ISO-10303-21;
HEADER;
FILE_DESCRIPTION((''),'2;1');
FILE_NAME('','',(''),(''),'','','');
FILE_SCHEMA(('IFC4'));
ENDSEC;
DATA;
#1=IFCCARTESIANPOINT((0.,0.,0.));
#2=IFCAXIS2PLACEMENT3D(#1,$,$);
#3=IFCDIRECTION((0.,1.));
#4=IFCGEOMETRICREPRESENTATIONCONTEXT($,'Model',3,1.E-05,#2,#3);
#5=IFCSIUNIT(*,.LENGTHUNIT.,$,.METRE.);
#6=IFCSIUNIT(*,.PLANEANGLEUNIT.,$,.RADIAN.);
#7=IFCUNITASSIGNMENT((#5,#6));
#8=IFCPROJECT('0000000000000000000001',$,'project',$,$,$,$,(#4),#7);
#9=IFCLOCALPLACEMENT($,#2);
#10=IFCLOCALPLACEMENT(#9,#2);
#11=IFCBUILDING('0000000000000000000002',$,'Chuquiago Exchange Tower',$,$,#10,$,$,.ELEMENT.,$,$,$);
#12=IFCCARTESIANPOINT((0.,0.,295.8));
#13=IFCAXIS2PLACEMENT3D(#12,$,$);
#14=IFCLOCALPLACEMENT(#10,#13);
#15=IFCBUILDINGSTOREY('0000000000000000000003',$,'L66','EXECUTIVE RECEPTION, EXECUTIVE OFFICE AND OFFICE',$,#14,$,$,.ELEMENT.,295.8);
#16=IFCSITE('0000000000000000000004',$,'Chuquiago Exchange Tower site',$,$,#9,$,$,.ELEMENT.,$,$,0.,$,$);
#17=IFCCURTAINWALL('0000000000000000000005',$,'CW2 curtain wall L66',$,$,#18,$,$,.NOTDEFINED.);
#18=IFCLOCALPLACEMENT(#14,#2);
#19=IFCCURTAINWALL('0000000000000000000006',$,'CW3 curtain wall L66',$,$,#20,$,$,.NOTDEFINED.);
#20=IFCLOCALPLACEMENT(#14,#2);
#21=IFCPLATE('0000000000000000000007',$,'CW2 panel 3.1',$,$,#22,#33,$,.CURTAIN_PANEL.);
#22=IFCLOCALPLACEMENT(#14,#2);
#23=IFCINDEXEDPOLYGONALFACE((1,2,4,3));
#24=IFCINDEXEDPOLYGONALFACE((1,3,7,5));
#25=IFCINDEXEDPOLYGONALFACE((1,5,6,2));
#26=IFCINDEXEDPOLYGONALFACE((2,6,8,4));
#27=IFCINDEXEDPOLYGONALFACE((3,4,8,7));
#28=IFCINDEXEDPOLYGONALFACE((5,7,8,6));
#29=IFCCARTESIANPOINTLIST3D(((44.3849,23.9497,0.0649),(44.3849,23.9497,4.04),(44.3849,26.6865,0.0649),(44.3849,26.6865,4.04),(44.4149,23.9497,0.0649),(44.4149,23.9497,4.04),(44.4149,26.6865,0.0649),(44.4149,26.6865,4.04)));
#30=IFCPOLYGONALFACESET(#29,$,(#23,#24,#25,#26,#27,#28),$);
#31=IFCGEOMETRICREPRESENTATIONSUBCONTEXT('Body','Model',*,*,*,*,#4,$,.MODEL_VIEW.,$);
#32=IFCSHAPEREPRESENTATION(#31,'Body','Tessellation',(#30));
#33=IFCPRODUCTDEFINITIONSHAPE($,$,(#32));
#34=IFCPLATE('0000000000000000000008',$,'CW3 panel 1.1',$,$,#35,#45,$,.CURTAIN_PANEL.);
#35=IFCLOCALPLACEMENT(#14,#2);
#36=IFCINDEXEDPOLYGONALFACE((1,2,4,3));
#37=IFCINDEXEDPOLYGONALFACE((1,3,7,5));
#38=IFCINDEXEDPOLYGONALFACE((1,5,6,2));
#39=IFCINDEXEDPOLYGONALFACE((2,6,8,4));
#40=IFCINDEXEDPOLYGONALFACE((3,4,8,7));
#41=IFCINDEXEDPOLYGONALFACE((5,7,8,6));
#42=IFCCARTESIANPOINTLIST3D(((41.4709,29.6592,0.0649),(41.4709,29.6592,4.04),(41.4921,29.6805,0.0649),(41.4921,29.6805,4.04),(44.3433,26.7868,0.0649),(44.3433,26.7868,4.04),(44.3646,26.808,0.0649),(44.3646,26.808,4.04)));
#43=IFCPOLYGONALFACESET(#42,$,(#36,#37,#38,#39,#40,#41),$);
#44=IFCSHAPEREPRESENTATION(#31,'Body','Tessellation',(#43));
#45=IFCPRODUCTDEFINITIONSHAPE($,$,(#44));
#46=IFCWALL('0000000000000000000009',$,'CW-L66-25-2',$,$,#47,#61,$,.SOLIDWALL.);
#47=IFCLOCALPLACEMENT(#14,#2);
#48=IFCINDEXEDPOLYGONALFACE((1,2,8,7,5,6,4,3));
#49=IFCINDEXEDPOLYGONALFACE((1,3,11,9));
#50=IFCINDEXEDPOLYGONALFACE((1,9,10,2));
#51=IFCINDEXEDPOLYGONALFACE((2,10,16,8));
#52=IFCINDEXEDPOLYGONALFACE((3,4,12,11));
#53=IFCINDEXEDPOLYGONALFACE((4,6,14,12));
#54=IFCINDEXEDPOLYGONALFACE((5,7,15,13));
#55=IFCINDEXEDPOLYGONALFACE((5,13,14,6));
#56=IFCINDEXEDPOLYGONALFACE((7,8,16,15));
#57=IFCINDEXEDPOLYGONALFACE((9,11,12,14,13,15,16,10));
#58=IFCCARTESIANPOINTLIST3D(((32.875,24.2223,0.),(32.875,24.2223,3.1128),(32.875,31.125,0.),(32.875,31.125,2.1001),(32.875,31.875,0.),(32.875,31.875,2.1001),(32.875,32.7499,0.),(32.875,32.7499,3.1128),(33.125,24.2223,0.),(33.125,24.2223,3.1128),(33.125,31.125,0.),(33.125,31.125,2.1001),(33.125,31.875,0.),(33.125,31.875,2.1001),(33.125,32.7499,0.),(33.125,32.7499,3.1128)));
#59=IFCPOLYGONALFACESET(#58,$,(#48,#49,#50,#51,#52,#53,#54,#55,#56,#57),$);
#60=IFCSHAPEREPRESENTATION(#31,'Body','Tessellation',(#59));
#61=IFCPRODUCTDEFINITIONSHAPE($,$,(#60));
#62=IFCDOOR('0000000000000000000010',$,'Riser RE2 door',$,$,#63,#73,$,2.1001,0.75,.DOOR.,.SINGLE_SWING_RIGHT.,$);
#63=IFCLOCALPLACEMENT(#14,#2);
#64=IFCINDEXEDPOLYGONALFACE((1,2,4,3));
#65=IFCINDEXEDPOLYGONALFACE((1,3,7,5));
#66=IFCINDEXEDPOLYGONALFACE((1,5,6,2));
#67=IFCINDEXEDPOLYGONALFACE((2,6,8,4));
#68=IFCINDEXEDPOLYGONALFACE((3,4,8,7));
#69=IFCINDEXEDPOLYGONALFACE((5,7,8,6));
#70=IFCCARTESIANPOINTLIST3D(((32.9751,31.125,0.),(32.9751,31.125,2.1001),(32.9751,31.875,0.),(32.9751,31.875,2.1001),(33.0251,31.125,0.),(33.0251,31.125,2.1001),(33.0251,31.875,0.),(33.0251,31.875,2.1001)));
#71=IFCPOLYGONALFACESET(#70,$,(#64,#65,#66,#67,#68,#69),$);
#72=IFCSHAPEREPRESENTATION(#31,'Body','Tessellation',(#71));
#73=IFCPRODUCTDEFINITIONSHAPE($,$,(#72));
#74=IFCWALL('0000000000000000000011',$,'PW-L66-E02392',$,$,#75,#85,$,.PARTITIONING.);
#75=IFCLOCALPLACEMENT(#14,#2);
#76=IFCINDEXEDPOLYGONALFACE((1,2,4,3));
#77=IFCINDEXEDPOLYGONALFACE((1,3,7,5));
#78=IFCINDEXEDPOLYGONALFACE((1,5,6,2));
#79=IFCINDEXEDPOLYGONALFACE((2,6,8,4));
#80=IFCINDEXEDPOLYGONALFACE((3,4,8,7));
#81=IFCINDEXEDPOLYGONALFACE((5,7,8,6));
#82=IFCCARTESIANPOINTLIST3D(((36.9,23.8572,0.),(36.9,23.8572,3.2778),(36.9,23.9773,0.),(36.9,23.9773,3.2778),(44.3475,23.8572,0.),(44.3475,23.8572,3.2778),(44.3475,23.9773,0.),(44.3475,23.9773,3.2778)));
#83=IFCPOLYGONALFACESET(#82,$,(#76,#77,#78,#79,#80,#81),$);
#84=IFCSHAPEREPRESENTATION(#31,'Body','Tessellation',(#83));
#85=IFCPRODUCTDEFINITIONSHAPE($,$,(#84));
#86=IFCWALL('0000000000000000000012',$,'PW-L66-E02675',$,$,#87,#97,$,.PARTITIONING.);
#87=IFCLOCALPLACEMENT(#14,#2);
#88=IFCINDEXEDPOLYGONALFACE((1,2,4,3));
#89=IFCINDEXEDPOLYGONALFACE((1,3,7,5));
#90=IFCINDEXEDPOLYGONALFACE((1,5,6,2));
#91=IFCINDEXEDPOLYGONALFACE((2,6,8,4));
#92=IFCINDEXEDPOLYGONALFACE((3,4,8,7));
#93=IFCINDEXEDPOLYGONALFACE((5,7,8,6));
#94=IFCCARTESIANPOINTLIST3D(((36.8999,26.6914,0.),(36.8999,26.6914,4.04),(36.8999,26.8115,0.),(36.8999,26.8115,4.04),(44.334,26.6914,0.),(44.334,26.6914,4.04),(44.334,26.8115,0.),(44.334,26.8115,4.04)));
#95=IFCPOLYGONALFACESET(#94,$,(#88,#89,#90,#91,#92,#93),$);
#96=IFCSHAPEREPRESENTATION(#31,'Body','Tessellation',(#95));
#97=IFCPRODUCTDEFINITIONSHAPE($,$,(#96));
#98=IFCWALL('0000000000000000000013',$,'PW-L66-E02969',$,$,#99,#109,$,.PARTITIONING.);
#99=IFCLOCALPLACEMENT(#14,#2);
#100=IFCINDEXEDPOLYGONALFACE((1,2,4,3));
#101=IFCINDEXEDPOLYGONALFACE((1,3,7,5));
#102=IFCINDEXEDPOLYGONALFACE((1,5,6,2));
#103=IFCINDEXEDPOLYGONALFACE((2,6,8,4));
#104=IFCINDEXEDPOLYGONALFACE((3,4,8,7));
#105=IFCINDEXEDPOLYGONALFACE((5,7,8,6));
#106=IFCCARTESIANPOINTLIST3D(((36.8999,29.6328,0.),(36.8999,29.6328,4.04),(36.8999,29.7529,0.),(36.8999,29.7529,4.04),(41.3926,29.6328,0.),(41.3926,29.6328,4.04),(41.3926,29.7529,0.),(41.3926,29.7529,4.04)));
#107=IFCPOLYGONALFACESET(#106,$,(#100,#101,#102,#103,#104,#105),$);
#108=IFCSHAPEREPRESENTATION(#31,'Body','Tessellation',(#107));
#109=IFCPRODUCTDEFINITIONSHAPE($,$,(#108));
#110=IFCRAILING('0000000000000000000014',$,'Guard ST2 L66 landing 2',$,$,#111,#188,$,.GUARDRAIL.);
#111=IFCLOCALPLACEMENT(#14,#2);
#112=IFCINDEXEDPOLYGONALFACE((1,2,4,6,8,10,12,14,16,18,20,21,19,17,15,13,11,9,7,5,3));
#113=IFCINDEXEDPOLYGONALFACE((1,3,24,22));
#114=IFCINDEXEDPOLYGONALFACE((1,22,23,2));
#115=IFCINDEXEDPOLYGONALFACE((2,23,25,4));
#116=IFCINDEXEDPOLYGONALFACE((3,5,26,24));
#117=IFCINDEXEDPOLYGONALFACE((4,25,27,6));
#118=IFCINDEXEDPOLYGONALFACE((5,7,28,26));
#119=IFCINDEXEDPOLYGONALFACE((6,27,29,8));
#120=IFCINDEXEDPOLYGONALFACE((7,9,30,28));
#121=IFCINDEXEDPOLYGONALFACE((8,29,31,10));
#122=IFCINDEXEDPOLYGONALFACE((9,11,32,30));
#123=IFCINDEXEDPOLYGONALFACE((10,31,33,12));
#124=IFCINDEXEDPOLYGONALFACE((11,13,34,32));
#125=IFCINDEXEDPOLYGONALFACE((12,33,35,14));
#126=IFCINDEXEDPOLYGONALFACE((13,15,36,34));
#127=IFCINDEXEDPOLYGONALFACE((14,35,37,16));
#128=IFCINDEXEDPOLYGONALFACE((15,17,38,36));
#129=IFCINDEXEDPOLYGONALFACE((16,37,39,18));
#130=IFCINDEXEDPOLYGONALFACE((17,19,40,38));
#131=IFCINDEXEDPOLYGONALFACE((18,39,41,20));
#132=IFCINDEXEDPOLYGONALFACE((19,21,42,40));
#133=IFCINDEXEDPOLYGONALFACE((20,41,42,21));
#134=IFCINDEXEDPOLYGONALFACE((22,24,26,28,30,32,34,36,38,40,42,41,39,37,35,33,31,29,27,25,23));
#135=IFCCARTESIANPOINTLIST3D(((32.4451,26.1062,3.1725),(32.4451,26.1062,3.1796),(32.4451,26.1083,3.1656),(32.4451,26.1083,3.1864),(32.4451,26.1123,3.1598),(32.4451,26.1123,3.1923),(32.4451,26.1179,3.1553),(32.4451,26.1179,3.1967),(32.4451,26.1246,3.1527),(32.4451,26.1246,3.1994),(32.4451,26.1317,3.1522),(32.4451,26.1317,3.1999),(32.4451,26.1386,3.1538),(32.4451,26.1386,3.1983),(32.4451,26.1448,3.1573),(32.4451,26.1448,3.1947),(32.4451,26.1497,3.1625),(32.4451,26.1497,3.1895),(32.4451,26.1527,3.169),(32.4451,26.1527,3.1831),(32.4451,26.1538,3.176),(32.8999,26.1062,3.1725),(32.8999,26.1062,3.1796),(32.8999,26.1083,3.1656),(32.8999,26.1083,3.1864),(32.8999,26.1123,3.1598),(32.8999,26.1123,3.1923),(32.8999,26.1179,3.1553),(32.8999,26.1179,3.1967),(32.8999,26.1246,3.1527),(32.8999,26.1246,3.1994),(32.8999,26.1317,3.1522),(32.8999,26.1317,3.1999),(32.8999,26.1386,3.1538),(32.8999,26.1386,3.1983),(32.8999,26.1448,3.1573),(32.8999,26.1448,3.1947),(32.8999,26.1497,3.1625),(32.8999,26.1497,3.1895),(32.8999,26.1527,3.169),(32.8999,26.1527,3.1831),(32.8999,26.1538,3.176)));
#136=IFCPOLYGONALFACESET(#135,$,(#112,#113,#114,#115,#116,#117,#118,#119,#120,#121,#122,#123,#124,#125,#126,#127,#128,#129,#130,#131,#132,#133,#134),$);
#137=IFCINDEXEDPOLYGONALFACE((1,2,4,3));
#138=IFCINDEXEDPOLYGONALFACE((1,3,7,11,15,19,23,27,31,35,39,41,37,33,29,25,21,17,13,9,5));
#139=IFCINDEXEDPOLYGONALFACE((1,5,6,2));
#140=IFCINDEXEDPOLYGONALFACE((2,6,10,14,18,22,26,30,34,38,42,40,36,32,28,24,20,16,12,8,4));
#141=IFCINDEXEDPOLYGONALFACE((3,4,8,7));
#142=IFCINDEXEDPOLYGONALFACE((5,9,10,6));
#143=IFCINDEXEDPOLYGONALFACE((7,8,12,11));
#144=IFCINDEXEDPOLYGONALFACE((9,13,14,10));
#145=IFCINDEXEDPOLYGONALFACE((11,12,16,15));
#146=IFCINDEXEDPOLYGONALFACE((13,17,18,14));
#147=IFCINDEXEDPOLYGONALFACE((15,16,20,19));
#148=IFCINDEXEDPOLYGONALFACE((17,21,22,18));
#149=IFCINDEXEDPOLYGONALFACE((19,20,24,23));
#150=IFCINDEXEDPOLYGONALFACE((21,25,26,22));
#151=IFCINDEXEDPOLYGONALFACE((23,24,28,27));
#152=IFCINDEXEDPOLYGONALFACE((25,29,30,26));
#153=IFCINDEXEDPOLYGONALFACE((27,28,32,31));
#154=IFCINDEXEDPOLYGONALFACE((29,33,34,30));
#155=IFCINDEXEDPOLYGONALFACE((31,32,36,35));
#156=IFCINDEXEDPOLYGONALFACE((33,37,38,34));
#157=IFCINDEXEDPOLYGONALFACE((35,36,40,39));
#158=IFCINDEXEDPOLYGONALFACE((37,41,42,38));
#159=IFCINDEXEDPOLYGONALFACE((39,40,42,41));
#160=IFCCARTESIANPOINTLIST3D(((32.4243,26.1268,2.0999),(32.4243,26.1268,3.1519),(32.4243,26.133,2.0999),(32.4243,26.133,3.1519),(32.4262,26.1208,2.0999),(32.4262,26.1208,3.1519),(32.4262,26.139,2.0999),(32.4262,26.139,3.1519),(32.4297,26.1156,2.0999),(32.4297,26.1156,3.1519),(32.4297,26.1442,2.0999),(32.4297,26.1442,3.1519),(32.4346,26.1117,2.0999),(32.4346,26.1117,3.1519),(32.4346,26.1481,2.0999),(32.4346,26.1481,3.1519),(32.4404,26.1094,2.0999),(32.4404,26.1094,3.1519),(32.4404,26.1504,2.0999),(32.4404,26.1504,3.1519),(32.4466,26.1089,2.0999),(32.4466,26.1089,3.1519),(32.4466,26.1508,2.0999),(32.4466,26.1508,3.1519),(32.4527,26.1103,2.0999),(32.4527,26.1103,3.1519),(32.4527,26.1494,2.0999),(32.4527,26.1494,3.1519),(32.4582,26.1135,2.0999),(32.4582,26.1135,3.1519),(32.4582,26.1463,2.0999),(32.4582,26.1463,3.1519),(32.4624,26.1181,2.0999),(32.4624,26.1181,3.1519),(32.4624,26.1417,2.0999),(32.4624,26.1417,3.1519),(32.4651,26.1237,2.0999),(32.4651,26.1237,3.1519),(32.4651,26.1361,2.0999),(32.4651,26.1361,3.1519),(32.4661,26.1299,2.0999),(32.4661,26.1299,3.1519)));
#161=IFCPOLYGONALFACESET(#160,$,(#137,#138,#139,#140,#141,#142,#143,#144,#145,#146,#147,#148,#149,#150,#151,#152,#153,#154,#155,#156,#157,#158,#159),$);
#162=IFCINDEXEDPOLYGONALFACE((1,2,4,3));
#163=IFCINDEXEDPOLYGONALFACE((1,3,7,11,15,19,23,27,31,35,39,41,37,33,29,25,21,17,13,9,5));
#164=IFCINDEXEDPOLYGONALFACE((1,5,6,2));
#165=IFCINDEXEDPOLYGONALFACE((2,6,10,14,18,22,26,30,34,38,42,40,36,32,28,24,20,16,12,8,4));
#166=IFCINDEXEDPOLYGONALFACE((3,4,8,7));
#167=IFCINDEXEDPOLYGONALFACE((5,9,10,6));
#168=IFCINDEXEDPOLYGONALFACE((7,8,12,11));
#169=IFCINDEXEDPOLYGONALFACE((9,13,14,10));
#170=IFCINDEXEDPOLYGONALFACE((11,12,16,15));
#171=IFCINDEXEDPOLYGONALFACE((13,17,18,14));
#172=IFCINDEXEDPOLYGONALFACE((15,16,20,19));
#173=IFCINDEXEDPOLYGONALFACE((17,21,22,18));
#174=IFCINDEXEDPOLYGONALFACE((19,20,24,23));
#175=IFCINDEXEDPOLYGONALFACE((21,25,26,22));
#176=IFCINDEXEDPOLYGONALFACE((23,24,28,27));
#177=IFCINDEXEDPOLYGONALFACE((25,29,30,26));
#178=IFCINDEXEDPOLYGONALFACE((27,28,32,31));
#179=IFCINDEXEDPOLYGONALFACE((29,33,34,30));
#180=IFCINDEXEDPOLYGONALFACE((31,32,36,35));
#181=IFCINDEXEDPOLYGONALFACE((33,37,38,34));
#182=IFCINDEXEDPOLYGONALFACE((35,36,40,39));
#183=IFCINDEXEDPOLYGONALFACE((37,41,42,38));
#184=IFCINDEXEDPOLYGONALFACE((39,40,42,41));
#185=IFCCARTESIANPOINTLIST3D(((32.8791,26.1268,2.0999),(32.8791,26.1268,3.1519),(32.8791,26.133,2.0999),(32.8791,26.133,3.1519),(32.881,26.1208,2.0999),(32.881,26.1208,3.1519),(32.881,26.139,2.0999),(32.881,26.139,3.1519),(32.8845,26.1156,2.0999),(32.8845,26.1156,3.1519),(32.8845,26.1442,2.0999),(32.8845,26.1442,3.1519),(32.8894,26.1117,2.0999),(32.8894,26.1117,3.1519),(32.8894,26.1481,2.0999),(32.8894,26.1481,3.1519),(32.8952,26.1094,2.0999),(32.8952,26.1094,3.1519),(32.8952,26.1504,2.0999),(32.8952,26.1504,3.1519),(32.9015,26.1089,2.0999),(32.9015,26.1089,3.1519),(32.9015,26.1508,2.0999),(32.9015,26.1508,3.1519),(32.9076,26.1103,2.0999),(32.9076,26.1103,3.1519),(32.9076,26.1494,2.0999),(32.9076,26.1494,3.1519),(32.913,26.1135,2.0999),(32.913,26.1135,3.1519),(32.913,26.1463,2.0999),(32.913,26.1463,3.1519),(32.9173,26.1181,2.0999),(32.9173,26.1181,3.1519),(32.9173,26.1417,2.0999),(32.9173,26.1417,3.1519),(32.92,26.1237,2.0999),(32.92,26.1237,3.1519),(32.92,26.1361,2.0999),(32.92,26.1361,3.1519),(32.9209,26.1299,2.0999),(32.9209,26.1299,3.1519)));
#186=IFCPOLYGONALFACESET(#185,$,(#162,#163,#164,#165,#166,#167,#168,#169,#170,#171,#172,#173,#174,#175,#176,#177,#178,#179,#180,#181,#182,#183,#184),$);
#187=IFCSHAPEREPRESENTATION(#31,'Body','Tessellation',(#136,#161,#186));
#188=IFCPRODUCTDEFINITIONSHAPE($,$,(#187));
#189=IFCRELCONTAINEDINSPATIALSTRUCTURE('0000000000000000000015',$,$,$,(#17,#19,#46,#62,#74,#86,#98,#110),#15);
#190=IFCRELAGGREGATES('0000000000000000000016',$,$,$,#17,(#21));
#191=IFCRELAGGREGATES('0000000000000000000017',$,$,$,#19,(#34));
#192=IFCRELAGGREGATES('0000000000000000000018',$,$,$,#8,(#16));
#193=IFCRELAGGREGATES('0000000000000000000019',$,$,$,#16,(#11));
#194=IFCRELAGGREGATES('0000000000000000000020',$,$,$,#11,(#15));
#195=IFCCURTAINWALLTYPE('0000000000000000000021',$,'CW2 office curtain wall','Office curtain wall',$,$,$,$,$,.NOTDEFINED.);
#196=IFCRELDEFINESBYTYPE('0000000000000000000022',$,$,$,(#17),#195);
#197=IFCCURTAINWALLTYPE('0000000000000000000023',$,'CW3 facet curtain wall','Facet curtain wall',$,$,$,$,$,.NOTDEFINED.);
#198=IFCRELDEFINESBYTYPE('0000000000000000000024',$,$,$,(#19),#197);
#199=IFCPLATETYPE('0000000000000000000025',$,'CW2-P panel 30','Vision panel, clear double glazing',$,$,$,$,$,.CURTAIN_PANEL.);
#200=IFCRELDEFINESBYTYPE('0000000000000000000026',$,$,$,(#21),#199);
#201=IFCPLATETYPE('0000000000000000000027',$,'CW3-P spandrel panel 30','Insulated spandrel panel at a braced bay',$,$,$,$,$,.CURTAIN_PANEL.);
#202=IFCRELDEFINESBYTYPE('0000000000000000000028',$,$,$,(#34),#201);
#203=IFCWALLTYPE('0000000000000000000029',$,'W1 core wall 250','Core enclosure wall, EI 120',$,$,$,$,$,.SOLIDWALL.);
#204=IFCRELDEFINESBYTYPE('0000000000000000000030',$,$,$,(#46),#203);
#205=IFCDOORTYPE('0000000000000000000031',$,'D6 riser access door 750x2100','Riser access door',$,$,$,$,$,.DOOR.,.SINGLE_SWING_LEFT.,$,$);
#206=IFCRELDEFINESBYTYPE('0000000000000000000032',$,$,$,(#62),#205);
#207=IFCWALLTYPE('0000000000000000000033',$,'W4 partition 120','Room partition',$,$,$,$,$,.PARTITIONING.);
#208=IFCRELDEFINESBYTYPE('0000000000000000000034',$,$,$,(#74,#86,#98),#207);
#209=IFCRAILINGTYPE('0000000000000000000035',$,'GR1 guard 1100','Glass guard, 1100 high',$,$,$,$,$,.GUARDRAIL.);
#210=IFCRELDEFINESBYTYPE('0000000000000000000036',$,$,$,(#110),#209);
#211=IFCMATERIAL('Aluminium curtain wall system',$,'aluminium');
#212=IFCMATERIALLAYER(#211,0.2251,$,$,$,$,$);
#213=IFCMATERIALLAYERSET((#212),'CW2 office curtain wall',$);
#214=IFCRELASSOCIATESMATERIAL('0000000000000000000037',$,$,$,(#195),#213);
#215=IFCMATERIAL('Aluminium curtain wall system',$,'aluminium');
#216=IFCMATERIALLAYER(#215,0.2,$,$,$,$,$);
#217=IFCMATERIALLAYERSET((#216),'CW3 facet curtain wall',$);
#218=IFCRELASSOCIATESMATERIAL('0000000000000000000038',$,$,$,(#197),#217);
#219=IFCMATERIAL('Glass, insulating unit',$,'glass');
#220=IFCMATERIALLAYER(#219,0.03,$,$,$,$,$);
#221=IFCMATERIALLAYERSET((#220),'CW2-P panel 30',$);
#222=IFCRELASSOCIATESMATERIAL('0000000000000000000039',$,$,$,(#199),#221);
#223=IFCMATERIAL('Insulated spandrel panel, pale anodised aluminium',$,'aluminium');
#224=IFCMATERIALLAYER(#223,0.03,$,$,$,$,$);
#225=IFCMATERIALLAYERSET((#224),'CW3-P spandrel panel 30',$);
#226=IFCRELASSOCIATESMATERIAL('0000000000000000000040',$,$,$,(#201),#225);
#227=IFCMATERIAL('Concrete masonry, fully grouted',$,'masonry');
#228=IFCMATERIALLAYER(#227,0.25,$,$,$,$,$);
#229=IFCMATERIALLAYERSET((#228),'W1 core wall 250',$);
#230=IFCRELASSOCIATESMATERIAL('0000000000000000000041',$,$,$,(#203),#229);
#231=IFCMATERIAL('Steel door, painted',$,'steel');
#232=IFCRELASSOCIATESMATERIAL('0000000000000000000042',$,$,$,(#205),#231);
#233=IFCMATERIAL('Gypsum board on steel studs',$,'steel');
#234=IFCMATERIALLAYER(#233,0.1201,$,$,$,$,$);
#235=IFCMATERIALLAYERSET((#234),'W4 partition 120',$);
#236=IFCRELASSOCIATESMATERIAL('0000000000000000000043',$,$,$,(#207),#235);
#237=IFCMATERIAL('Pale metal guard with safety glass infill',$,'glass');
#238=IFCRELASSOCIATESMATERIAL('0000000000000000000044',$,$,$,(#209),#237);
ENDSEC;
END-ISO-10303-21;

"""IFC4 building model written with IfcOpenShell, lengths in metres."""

from ifc_helpers import new_model, si_unit, direction, frame, frame_2d, origin, origin_2d, place, context, subcontext, project, spatial, rectangle, circle, extrude, material, layer, layer_set, type_object, element, fill, aggregate, save


model = new_model("IFC4")

# Units and contexts
model_context = context("Model", 3, precision=1e-05, world=origin(), true_north=direction((0.0, 1.0)))
body_context = subcontext(model_context, "Body", "Model", "MODEL_VIEW")
ifc_project = project(units=[si_unit("LENGTHUNIT", "METRE"), si_unit("PLANEANGLEUNIT", "RADIAN")], contexts=[model_context])

# Site, building, storey
site_placement = place(None, origin())
site = spatial("IfcSite", under=ifc_project, at=site_placement, Name="Chuquiago Exchange Tower site", CompositionType="ELEMENT", RefElevation=0.0)
building_placement = place(site_placement, origin())
building = spatial("IfcBuilding", under=site, at=building_placement, Name="Chuquiago Exchange Tower", CompositionType="ELEMENT")
storey_placement = place(building_placement, frame((0.0, 0.0, 295.8)))
storey = spatial("IfcBuildingStorey", under=building, at=storey_placement, Name="L66", Description="EXECUTIVE RECEPTION, EXECUTIVE OFFICE AND OFFICE", CompositionType="ELEMENT", Elevation=295.8)

# Curtain walls
ifc_material_1 = material(Name="Aluminium curtain wall system", Category="aluminium")
ifc_layer_1 = layer(ifc_material_1, 0.2251)
ifc_layer_set_1 = layer_set([ifc_layer_1], Name="CW2 office curtain wall")
curtain_wall_type_1 = type_object("IfcCurtainWallType", Name="CW2 office curtain wall", Description="Office curtain wall", PredefinedType="NOTDEFINED", material=ifc_layer_set_1)
curtain_wall_1_placement = place(storey_placement, origin())
curtain_wall_1 = element("IfcCurtainWall", 1, at=curtain_wall_1_placement, inside=storey, type_object=curtain_wall_type_1, Name="CW2 curtain wall L66", PredefinedType="NOTDEFINED")
ifc_material_2 = material(Name="Aluminium curtain wall system", Category="aluminium")
ifc_layer_2 = layer(ifc_material_2, 0.2)
ifc_layer_set_2 = layer_set([ifc_layer_2], Name="CW3 facet curtain wall")
curtain_wall_type_2 = type_object("IfcCurtainWallType", Name="CW3 facet curtain wall", Description="Facet curtain wall", PredefinedType="NOTDEFINED", material=ifc_layer_set_2)
curtain_wall_2_placement = place(storey_placement, origin())
curtain_wall_2 = element("IfcCurtainWall", 2, at=curtain_wall_2_placement, inside=storey, type_object=curtain_wall_type_2, Name="CW3 curtain wall L66", PredefinedType="NOTDEFINED")

# Plates
ifc_material_3 = material(Name="Glass, insulating unit", Category="glass")
ifc_layer_3 = layer(ifc_material_3, 0.03)
ifc_layer_set_3 = layer_set([ifc_layer_3], Name="CW2-P panel 30")
plate_type_1 = type_object("IfcPlateType", Name="CW2-P panel 30", Description="Vision panel, clear double glazing", PredefinedType="CURTAIN_PANEL", material=ifc_layer_set_3)
plate_1_placement = place(storey_placement, frame((44.3999, 25.3181, 0.0649), z_axis=(0.0, 0.0, 1.0), x_axis=(0.0, 1.0, 0.0)))
plate_1 = element("IfcPlate", 3, at=plate_1_placement, type_object=plate_type_1, Name="CW2 panel 3.1", PredefinedType="CURTAIN_PANEL", context=body_context, shape_type="SweptSolid", body=[
    extrude(rectangle(XDim=2.7368, YDim=0.03, at=origin_2d()), origin(), (0.0, 0.0, 1.0), 3.9751),
])
aggregate(curtain_wall_1, [plate_1])
ifc_material_4 = material(Name="Insulated spandrel panel, pale anodised aluminium", Category="aluminium")
ifc_layer_4 = layer(ifc_material_4, 0.03)
ifc_layer_set_4 = layer_set([ifc_layer_4], Name="CW3-P spandrel panel 30")
plate_type_2 = type_object("IfcPlateType", Name="CW3-P spandrel panel 30", Description="Insulated spandrel panel at a braced bay", PredefinedType="CURTAIN_PANEL", material=ifc_layer_set_4)
plate_2_placement = place(storey_placement, frame((42.9177, 28.2336, 0.0649), z_axis=(0.0, 0.0, 1.0), x_axis=(-0.707107, 0.707107, 0.0)))
plate_2 = element("IfcPlate", 4, at=plate_2_placement, type_object=plate_type_2, Name="CW3 panel 1.1", PredefinedType="CURTAIN_PANEL", context=body_context, shape_type="SweptSolid", body=[
    extrude(rectangle(XDim=4.0623, YDim=0.03, at=origin_2d()), origin(), (0.0, 0.0, 1.0), 3.9751),
])
aggregate(curtain_wall_2, [plate_2])

# Wall, opening, door
ifc_material_5 = material(Name="Concrete masonry, fully grouted", Category="masonry")
ifc_layer_5 = layer(ifc_material_5, 0.25)
ifc_layer_set_5 = layer_set([ifc_layer_5], Name="W1 core wall 250")
wall_type_1 = type_object("IfcWallType", Name="W1 core wall 250", Description="Core enclosure wall, EI 120", PredefinedType="SOLIDWALL", material=ifc_layer_set_5)
wall_1_placement = place(storey_placement, frame((33.0, 24.2224, 0.0), z_axis=(0.0, 0.0, 1.0), x_axis=(0.0, 1.0, 0.0)))
wall_1 = element("IfcWall", 5, at=wall_1_placement, inside=storey, type_object=wall_type_1, Name="CW-L66-25-2", PredefinedType="SOLIDWALL", context=body_context, shape_type="SweptSolid", body=[
    extrude(rectangle(XDim=8.5276, YDim=0.25, at=frame_2d((4.2637, 0.0))), origin(), (0.0, 0.0, 1.0), 3.1128),
])
opening_1_placement = place(wall_1_placement, frame((6.9026, 0.0, 0.0)))
opening_1 = element("IfcOpeningElement", 6, at=opening_1_placement, cuts=wall_1, PredefinedType="OPENING", context=body_context, shape_type="SweptSolid", body=[
    extrude(rectangle(XDim=0.75, YDim=2.1001, at=frame_2d((0.375, 1.05))), frame((0.0, 0.135, 0.0), z_axis=(0.0, -1.0, 0.0), x_axis=(1.0, 0.0, 0.0)), (0.0, 0.0, 1.0), 0.27),
])
ifc_material_6 = material(Name="Steel door, painted", Category="steel")
door_type_1 = type_object("IfcDoorType", Name="D6 riser access door 750x2100", Description="Riser access door", OperationType="SINGLE_SWING_LEFT", PredefinedType="DOOR", material=ifc_material_6)
door_1_placement = place(opening_1_placement, origin())
door_1 = element("IfcDoor", 7, at=door_1_placement, inside=storey, type_object=door_type_1, Name="Riser RE2 door", OperationType="SINGLE_SWING_RIGHT", OverallHeight=2.1001, OverallWidth=0.75, PredefinedType="DOOR", context=body_context, shape_type="SweptSolid", body=[
    extrude(rectangle(XDim=0.75, YDim=2.1001, at=frame_2d((0.375, 1.05))), frame((0.0, 0.0249, 0.0), z_axis=(0.0, -1.0, 0.0), x_axis=(1.0, 0.0, 0.0)), (0.0, 0.0, 1.0), 0.05),
])
fill(opening_1, door_1)

# Walls
ifc_material_7 = material(Name="Gypsum board on steel studs", Category="steel")
ifc_layer_6 = layer(ifc_material_7, 0.1201)
ifc_layer_set_6 = layer_set([ifc_layer_6], Name="W4 partition 120")
wall_type_2 = type_object("IfcWallType", Name="W4 partition 120", Description="Room partition", PredefinedType="PARTITIONING", material=ifc_layer_set_6)
wall_2_placement = place(storey_placement, frame((44.3474, 23.9172, 0.0), z_axis=(0.0, 0.0, 1.0), x_axis=(-1.0, 0.0, 0.0)))
element("IfcWall", 8, at=wall_2_placement, inside=storey, type_object=wall_type_2, Name="PW-L66-E02392", PredefinedType="PARTITIONING", context=body_context, shape_type="SweptSolid", body=[
    extrude(rectangle(XDim=7.4475, YDim=0.1201, at=frame_2d((3.7236, 0.0))), origin(), (0.0, 0.0, 1.0), 3.2778),
])
wall_3_placement = place(storey_placement, frame((44.334, 26.7515, 0.0), z_axis=(0.0, 0.0, 1.0), x_axis=(-1.0, 0.0, 0.0)))
element("IfcWall", 9, at=wall_3_placement, inside=storey, type_object=wall_type_2, Name="PW-L66-E02675", PredefinedType="PARTITIONING", context=body_context, shape_type="SweptSolid", body=[
    extrude(rectangle(XDim=7.4341, YDim=0.1201, at=frame_2d((3.717, 0.0))), origin(), (0.0, 0.0, 1.0), 4.04),
])
wall_4_placement = place(storey_placement, frame((41.3926, 29.6929, 0.0), z_axis=(0.0, 0.0, 1.0), x_axis=(-1.0, 0.0, 0.0)))
element("IfcWall", 10, at=wall_4_placement, inside=storey, type_object=wall_type_2, Name="PW-L66-E02969", PredefinedType="PARTITIONING", context=body_context, shape_type="SweptSolid", body=[
    extrude(rectangle(XDim=4.4927, YDim=0.1201, at=frame_2d((2.2463, 0.0))), origin(), (0.0, 0.0, 1.0), 4.04),
])

# Railing
ifc_material_8 = material(Name="Pale metal guard with safety glass infill", Category="glass")
railing_type_1 = type_object("IfcRailingType", Name="GR1 guard 1100", Description="Glass guard, 1100 high", PredefinedType="GUARDRAIL", material=ifc_material_8)
railing_1_placement = place(storey_placement, frame((32.4451, 26.1299, 2.0999)))
element("IfcRailing", 11, at=railing_1_placement, inside=storey, type_object=railing_type_1, Name="Guard ST2 L66 landing 2", PredefinedType="GUARDRAIL", context=body_context, shape_type="SweptSolid", body=[
    extrude(circle(Radius=0.0239, at=origin_2d()), frame((0.0, 0.0, 1.0762), z_axis=(1.0, 0.0, 0.0), x_axis=(0.0, 1.0, 0.0)), (0.0, 0.0, 1.0), 0.4548),
    extrude(circle(Radius=0.021, at=origin_2d()), origin(), (0.0, 0.0, 1.0), 1.052),
    extrude(circle(Radius=0.021, at=origin_2d()), frame((0.4548, 0.0, 0.0)), (0.0, 0.0, 1.0), 1.052),
])

save(model, "model.ifc")
